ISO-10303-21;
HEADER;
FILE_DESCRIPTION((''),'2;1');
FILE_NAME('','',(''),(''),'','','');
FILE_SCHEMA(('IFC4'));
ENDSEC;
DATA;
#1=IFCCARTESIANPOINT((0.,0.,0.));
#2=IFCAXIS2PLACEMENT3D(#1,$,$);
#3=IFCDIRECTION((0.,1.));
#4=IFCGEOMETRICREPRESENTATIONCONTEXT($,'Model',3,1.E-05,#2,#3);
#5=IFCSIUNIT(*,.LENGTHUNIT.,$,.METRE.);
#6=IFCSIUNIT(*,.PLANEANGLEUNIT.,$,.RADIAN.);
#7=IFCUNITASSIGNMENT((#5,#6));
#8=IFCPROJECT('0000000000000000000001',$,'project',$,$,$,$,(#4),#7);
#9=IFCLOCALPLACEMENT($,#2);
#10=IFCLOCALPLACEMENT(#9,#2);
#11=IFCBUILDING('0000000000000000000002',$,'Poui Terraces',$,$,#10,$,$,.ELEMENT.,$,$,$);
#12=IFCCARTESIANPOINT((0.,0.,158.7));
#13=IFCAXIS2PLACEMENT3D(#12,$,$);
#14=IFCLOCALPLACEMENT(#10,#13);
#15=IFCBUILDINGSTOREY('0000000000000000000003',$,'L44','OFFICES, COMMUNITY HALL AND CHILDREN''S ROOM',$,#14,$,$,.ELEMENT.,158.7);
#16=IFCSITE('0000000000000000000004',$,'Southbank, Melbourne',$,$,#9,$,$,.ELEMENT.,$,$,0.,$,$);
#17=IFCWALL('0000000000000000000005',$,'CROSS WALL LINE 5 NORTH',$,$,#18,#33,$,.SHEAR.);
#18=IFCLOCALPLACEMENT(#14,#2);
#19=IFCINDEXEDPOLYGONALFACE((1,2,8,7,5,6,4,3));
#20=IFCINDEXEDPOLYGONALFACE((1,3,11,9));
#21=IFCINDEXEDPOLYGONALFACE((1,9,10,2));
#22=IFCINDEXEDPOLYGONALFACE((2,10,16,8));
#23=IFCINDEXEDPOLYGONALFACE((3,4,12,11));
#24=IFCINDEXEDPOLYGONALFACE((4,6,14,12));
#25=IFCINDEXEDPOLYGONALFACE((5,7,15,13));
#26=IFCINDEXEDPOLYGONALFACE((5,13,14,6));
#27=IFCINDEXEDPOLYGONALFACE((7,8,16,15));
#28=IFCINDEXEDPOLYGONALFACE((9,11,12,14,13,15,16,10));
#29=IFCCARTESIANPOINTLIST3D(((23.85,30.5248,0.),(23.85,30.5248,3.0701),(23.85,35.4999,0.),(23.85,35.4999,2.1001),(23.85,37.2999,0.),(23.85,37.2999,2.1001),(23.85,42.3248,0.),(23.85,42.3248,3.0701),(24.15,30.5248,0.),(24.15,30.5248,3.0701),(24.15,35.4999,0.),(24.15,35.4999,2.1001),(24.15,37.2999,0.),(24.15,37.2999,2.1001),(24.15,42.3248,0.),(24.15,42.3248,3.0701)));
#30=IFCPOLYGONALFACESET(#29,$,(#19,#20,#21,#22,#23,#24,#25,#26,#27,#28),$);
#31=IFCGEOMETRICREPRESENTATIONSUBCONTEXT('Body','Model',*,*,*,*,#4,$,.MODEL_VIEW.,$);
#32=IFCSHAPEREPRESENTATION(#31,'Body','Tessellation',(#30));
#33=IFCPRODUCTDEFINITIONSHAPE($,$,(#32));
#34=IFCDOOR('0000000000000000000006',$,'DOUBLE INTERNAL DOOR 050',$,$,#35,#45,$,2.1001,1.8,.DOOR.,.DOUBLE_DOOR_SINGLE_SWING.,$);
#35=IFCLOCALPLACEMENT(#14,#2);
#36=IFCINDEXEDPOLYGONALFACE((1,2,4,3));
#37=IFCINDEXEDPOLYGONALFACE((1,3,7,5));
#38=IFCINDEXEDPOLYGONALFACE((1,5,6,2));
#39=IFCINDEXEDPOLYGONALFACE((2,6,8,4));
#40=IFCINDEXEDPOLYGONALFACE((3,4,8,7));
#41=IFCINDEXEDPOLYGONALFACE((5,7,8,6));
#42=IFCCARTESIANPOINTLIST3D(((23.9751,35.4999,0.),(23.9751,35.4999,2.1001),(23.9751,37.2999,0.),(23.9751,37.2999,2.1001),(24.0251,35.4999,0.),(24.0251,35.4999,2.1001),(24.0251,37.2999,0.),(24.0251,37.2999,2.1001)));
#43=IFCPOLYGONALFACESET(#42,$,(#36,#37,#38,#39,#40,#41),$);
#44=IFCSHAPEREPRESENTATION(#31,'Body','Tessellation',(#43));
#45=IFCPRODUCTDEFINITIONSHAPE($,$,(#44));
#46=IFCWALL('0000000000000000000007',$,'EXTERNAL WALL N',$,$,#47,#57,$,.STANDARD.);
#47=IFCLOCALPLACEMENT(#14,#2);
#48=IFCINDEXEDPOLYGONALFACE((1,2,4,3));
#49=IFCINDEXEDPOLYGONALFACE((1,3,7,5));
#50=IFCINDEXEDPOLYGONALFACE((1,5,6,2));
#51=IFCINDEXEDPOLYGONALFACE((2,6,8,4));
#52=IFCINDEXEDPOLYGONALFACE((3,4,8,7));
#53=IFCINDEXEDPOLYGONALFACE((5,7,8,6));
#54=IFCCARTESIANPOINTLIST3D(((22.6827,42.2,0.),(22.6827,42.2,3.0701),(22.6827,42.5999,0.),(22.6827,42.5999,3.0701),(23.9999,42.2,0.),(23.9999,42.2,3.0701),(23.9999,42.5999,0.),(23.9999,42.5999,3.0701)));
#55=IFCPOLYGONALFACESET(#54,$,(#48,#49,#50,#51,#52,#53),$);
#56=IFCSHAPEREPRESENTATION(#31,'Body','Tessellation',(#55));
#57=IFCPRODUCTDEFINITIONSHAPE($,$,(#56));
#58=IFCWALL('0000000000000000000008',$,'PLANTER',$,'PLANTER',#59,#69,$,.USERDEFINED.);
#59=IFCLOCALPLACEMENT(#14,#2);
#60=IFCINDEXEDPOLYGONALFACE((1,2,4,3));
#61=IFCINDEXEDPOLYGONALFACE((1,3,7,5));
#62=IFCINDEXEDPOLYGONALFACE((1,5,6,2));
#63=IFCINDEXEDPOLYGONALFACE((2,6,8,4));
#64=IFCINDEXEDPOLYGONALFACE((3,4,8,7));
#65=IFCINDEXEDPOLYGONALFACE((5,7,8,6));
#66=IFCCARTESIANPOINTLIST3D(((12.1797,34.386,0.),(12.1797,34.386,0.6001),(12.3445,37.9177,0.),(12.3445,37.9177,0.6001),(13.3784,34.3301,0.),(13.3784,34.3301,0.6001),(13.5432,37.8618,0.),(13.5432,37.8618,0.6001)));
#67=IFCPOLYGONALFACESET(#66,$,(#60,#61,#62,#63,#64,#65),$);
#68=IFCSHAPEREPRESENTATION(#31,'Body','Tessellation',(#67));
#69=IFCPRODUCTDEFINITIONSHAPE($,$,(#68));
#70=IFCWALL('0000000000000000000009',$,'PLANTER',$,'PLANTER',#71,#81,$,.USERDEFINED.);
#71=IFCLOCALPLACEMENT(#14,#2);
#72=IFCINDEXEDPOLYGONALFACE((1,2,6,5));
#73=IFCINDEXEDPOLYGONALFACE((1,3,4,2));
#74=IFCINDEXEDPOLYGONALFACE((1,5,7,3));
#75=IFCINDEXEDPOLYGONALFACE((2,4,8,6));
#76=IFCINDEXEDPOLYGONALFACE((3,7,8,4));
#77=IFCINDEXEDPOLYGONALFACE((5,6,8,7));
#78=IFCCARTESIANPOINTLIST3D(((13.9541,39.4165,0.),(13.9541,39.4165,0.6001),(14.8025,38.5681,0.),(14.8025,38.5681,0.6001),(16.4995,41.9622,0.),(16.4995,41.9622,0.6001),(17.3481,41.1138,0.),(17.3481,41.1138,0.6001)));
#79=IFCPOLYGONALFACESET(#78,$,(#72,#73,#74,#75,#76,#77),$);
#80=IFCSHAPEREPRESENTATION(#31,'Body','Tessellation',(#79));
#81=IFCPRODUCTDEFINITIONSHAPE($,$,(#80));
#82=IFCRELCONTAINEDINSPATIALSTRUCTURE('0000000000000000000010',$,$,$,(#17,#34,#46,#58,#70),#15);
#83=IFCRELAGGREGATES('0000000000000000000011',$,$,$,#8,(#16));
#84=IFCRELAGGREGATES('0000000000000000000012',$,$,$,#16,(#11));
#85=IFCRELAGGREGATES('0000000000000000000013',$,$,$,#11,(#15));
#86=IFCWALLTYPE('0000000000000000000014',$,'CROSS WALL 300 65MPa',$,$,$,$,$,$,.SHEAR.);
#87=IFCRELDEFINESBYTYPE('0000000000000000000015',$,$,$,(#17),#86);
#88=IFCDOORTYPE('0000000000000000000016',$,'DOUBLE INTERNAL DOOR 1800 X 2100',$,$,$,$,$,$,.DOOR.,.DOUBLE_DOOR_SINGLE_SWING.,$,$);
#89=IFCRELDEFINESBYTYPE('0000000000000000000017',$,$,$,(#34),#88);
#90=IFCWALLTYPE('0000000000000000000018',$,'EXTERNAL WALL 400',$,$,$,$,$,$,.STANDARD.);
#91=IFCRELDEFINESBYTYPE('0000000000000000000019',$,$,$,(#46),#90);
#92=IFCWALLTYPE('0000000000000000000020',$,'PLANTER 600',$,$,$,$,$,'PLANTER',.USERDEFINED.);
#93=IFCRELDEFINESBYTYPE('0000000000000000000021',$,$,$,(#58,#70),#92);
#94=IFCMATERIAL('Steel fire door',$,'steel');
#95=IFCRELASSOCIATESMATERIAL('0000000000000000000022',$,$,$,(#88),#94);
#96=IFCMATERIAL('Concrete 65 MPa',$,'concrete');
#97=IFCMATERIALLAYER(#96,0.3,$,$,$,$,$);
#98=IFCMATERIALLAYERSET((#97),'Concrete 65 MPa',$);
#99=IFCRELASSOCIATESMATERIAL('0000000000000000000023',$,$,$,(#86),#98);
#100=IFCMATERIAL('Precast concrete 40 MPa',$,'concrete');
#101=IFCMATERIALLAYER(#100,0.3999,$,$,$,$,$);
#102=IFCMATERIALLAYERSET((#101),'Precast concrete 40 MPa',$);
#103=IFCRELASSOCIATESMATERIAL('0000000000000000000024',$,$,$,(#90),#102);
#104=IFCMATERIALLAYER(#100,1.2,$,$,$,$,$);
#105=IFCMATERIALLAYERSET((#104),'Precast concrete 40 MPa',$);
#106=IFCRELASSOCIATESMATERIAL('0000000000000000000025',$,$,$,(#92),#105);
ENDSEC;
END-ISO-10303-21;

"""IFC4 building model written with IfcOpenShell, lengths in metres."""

from ifc_helpers import new_model, si_unit, direction, frame, frame_2d, origin, place, context, subcontext, project, spatial, polyline, rectangle, outline, extrude, source, transform, mapped, material, layer, layer_set, type_object, element, fill, save


model = new_model("IFC4")

# Units and contexts
model_context = context("Model", 3, precision=1e-05, world=origin(), true_north=direction((0.0, 1.0)))
body_context = subcontext(model_context, "Body", "Model", "MODEL_VIEW")
ifc_project = project(units=[si_unit("LENGTHUNIT", "METRE"), si_unit("PLANEANGLEUNIT", "RADIAN")], contexts=[model_context])

# Site, building, storey
site_placement = place(None, origin())
site = spatial("IfcSite", under=ifc_project, at=site_placement, Name="Southbank, Melbourne", CompositionType="ELEMENT", RefElevation=0.0)
building_placement = place(site_placement, origin())
building = spatial("IfcBuilding", under=site, at=building_placement, Name="Poui Terraces", CompositionType="ELEMENT")
storey_placement = place(building_placement, frame((0.0, 0.0, 158.7)))
storey = spatial("IfcBuildingStorey", under=building, at=storey_placement, Name="L44", Description="OFFICES, COMMUNITY HALL AND CHILDREN'S ROOM", CompositionType="ELEMENT", Elevation=158.7)

# Shared definitions
ifc_material_1 = material(Name="Concrete 65 MPa", Category="concrete")

# Wall, opening, door
ifc_material_2 = material(Name="Steel fire door", Category="steel")
door_type = type_object("IfcDoorType", Name="DOUBLE INTERNAL DOOR 1800 X 2100", OperationType="DOUBLE_DOOR_SINGLE_SWING", PredefinedType="DOOR", material=ifc_material_2)
ifc_layer_1 = layer(ifc_material_1, 0.3)
ifc_layer_set_1 = layer_set([ifc_layer_1], Name="Concrete 65 MPa")
wall_type_1 = type_object("IfcWallType", Name="CROSS WALL 300 65MPa", PredefinedType="SHEAR", material=ifc_layer_set_1)
wall_1_placement = place(storey_placement, frame((24.0, 30.5249, 0.0), z_axis=(0.0, 0.0, 1.0), x_axis=(0.0, 1.0, 0.0)))
wall_1 = element("IfcWall", 1, at=wall_1_placement, inside=storey, type_object=wall_type_1, Name="CROSS WALL LINE 5 NORTH", PredefinedType="SHEAR", context=body_context, shape_type="SweptSolid", body=[
    extrude(rectangle(XDim=11.8, YDim=0.3, at=frame_2d((5.8999, 0.0))), origin(), (0.0, 0.0, 1.0), 3.0701),
])
opening_1_placement = place(wall_1_placement, frame((4.9751, 0.0, 0.0)))
opening_1 = element("IfcOpeningElement", 2, at=opening_1_placement, cuts=wall_1, PredefinedType="OPENING", context=body_context, shape_type="SweptSolid", body=[
    extrude(rectangle(XDim=1.8, YDim=2.1001, at=frame_2d((0.8999, 1.05))), frame((0.0, 0.1602, 0.0), z_axis=(0.0, -1.0, 0.0), x_axis=(1.0, 0.0, 0.0)), (0.0, 0.0, 1.0), 0.3201),
])
door_1_placement = place(opening_1_placement, origin())
door_1 = element("IfcDoor", 3, at=door_1_placement, inside=storey, type_object=door_type, Name="DOUBLE INTERNAL DOOR 050", OperationType="DOUBLE_DOOR_SINGLE_SWING", OverallHeight=2.1001, OverallWidth=1.8, PredefinedType="DOOR", context=body_context, shape_type="SweptSolid", body=[
    extrude(rectangle(XDim=1.8, YDim=2.1001, at=frame_2d((0.8999, 1.05))), frame((0.0, 0.0249, 0.0), z_axis=(0.0, -1.0, 0.0), x_axis=(1.0, 0.0, 0.0)), (0.0, 0.0, 1.0), 0.05),
])
fill(opening_1, door_1)

# Walls
ifc_material_3 = material(Name="Precast concrete 40 MPa", Category="concrete")
ifc_layer_2 = layer(ifc_material_3, 0.3999)
ifc_layer_set_2 = layer_set([ifc_layer_2], Name="Precast concrete 40 MPa")
wall_type_2 = type_object("IfcWallType", Name="EXTERNAL WALL 400", PredefinedType="STANDARD", material=ifc_layer_set_2)
wall_2_placement = place(storey_placement, frame((24.0, 42.3999, 0.0), z_axis=(0.0, 0.0, 1.0), x_axis=(-1.0, 0.0, 0.0)))
element("IfcWall", 4, at=wall_2_placement, inside=storey, type_object=wall_type_2, Name="EXTERNAL WALL N", PredefinedType="STANDARD", context=body_context, shape_type="SweptSolid", body=[
    extrude(rectangle(XDim=1.3171, YDim=0.3999, at=frame_2d((0.6587, 0.0))), origin(), (0.0, 0.0, 1.0), 3.0701),
])
ifc_layer_3 = layer(ifc_material_3, 1.2)
ifc_layer_set_3 = layer_set([ifc_layer_3], Name="Precast concrete 40 MPa")
wall_type_3 = type_object("IfcWallType", Name="PLANTER 600", ElementType="PLANTER", PredefinedType="USERDEFINED", material=ifc_layer_set_3)
shared_shape_1 = source(origin(), body_context, "Body", "SweptSolid", [
    extrude(outline(polyline([(0.0, 0.0), (1.1987, -0.0559), (1.3635, 3.4758), (0.1648, 3.5317), (0.0, 0.0)])), origin(), (0.0, 0.0, 1.0), 0.6001),
])
wall_3_placement = place(storey_placement, frame((12.1797, 34.386, 0.0)))
element("IfcWall", 5, at=wall_3_placement, inside=storey, type_object=wall_type_3, Name="PLANTER", ObjectType="PLANTER", PredefinedType="USERDEFINED", context=body_context, shape_type="MappedRepresentation", body=[
    mapped(shared_shape_1, transform((0.0, 0.0, 0.0))),
])
shared_shape_2 = source(origin(), body_context, "Body", "SweptSolid", [
    extrude(outline(polyline([(0.0, 0.0), (0.8484, -0.8484), (3.394, 1.6973), (2.5454, 2.5457), (0.0, 0.0)])), origin(), (0.0, 0.0, 1.0), 0.6001),
])
wall_4_placement = place(storey_placement, frame((13.9541, 39.4165, 0.0)))
element("IfcWall", 6, at=wall_4_placement, inside=storey, type_object=wall_type_3, Name="PLANTER", ObjectType="PLANTER", PredefinedType="USERDEFINED", context=body_context, shape_type="MappedRepresentation", body=[
    mapped(shared_shape_2, transform((0.0, 0.0, 0.0))),
])

save(model, "model.ifc")
